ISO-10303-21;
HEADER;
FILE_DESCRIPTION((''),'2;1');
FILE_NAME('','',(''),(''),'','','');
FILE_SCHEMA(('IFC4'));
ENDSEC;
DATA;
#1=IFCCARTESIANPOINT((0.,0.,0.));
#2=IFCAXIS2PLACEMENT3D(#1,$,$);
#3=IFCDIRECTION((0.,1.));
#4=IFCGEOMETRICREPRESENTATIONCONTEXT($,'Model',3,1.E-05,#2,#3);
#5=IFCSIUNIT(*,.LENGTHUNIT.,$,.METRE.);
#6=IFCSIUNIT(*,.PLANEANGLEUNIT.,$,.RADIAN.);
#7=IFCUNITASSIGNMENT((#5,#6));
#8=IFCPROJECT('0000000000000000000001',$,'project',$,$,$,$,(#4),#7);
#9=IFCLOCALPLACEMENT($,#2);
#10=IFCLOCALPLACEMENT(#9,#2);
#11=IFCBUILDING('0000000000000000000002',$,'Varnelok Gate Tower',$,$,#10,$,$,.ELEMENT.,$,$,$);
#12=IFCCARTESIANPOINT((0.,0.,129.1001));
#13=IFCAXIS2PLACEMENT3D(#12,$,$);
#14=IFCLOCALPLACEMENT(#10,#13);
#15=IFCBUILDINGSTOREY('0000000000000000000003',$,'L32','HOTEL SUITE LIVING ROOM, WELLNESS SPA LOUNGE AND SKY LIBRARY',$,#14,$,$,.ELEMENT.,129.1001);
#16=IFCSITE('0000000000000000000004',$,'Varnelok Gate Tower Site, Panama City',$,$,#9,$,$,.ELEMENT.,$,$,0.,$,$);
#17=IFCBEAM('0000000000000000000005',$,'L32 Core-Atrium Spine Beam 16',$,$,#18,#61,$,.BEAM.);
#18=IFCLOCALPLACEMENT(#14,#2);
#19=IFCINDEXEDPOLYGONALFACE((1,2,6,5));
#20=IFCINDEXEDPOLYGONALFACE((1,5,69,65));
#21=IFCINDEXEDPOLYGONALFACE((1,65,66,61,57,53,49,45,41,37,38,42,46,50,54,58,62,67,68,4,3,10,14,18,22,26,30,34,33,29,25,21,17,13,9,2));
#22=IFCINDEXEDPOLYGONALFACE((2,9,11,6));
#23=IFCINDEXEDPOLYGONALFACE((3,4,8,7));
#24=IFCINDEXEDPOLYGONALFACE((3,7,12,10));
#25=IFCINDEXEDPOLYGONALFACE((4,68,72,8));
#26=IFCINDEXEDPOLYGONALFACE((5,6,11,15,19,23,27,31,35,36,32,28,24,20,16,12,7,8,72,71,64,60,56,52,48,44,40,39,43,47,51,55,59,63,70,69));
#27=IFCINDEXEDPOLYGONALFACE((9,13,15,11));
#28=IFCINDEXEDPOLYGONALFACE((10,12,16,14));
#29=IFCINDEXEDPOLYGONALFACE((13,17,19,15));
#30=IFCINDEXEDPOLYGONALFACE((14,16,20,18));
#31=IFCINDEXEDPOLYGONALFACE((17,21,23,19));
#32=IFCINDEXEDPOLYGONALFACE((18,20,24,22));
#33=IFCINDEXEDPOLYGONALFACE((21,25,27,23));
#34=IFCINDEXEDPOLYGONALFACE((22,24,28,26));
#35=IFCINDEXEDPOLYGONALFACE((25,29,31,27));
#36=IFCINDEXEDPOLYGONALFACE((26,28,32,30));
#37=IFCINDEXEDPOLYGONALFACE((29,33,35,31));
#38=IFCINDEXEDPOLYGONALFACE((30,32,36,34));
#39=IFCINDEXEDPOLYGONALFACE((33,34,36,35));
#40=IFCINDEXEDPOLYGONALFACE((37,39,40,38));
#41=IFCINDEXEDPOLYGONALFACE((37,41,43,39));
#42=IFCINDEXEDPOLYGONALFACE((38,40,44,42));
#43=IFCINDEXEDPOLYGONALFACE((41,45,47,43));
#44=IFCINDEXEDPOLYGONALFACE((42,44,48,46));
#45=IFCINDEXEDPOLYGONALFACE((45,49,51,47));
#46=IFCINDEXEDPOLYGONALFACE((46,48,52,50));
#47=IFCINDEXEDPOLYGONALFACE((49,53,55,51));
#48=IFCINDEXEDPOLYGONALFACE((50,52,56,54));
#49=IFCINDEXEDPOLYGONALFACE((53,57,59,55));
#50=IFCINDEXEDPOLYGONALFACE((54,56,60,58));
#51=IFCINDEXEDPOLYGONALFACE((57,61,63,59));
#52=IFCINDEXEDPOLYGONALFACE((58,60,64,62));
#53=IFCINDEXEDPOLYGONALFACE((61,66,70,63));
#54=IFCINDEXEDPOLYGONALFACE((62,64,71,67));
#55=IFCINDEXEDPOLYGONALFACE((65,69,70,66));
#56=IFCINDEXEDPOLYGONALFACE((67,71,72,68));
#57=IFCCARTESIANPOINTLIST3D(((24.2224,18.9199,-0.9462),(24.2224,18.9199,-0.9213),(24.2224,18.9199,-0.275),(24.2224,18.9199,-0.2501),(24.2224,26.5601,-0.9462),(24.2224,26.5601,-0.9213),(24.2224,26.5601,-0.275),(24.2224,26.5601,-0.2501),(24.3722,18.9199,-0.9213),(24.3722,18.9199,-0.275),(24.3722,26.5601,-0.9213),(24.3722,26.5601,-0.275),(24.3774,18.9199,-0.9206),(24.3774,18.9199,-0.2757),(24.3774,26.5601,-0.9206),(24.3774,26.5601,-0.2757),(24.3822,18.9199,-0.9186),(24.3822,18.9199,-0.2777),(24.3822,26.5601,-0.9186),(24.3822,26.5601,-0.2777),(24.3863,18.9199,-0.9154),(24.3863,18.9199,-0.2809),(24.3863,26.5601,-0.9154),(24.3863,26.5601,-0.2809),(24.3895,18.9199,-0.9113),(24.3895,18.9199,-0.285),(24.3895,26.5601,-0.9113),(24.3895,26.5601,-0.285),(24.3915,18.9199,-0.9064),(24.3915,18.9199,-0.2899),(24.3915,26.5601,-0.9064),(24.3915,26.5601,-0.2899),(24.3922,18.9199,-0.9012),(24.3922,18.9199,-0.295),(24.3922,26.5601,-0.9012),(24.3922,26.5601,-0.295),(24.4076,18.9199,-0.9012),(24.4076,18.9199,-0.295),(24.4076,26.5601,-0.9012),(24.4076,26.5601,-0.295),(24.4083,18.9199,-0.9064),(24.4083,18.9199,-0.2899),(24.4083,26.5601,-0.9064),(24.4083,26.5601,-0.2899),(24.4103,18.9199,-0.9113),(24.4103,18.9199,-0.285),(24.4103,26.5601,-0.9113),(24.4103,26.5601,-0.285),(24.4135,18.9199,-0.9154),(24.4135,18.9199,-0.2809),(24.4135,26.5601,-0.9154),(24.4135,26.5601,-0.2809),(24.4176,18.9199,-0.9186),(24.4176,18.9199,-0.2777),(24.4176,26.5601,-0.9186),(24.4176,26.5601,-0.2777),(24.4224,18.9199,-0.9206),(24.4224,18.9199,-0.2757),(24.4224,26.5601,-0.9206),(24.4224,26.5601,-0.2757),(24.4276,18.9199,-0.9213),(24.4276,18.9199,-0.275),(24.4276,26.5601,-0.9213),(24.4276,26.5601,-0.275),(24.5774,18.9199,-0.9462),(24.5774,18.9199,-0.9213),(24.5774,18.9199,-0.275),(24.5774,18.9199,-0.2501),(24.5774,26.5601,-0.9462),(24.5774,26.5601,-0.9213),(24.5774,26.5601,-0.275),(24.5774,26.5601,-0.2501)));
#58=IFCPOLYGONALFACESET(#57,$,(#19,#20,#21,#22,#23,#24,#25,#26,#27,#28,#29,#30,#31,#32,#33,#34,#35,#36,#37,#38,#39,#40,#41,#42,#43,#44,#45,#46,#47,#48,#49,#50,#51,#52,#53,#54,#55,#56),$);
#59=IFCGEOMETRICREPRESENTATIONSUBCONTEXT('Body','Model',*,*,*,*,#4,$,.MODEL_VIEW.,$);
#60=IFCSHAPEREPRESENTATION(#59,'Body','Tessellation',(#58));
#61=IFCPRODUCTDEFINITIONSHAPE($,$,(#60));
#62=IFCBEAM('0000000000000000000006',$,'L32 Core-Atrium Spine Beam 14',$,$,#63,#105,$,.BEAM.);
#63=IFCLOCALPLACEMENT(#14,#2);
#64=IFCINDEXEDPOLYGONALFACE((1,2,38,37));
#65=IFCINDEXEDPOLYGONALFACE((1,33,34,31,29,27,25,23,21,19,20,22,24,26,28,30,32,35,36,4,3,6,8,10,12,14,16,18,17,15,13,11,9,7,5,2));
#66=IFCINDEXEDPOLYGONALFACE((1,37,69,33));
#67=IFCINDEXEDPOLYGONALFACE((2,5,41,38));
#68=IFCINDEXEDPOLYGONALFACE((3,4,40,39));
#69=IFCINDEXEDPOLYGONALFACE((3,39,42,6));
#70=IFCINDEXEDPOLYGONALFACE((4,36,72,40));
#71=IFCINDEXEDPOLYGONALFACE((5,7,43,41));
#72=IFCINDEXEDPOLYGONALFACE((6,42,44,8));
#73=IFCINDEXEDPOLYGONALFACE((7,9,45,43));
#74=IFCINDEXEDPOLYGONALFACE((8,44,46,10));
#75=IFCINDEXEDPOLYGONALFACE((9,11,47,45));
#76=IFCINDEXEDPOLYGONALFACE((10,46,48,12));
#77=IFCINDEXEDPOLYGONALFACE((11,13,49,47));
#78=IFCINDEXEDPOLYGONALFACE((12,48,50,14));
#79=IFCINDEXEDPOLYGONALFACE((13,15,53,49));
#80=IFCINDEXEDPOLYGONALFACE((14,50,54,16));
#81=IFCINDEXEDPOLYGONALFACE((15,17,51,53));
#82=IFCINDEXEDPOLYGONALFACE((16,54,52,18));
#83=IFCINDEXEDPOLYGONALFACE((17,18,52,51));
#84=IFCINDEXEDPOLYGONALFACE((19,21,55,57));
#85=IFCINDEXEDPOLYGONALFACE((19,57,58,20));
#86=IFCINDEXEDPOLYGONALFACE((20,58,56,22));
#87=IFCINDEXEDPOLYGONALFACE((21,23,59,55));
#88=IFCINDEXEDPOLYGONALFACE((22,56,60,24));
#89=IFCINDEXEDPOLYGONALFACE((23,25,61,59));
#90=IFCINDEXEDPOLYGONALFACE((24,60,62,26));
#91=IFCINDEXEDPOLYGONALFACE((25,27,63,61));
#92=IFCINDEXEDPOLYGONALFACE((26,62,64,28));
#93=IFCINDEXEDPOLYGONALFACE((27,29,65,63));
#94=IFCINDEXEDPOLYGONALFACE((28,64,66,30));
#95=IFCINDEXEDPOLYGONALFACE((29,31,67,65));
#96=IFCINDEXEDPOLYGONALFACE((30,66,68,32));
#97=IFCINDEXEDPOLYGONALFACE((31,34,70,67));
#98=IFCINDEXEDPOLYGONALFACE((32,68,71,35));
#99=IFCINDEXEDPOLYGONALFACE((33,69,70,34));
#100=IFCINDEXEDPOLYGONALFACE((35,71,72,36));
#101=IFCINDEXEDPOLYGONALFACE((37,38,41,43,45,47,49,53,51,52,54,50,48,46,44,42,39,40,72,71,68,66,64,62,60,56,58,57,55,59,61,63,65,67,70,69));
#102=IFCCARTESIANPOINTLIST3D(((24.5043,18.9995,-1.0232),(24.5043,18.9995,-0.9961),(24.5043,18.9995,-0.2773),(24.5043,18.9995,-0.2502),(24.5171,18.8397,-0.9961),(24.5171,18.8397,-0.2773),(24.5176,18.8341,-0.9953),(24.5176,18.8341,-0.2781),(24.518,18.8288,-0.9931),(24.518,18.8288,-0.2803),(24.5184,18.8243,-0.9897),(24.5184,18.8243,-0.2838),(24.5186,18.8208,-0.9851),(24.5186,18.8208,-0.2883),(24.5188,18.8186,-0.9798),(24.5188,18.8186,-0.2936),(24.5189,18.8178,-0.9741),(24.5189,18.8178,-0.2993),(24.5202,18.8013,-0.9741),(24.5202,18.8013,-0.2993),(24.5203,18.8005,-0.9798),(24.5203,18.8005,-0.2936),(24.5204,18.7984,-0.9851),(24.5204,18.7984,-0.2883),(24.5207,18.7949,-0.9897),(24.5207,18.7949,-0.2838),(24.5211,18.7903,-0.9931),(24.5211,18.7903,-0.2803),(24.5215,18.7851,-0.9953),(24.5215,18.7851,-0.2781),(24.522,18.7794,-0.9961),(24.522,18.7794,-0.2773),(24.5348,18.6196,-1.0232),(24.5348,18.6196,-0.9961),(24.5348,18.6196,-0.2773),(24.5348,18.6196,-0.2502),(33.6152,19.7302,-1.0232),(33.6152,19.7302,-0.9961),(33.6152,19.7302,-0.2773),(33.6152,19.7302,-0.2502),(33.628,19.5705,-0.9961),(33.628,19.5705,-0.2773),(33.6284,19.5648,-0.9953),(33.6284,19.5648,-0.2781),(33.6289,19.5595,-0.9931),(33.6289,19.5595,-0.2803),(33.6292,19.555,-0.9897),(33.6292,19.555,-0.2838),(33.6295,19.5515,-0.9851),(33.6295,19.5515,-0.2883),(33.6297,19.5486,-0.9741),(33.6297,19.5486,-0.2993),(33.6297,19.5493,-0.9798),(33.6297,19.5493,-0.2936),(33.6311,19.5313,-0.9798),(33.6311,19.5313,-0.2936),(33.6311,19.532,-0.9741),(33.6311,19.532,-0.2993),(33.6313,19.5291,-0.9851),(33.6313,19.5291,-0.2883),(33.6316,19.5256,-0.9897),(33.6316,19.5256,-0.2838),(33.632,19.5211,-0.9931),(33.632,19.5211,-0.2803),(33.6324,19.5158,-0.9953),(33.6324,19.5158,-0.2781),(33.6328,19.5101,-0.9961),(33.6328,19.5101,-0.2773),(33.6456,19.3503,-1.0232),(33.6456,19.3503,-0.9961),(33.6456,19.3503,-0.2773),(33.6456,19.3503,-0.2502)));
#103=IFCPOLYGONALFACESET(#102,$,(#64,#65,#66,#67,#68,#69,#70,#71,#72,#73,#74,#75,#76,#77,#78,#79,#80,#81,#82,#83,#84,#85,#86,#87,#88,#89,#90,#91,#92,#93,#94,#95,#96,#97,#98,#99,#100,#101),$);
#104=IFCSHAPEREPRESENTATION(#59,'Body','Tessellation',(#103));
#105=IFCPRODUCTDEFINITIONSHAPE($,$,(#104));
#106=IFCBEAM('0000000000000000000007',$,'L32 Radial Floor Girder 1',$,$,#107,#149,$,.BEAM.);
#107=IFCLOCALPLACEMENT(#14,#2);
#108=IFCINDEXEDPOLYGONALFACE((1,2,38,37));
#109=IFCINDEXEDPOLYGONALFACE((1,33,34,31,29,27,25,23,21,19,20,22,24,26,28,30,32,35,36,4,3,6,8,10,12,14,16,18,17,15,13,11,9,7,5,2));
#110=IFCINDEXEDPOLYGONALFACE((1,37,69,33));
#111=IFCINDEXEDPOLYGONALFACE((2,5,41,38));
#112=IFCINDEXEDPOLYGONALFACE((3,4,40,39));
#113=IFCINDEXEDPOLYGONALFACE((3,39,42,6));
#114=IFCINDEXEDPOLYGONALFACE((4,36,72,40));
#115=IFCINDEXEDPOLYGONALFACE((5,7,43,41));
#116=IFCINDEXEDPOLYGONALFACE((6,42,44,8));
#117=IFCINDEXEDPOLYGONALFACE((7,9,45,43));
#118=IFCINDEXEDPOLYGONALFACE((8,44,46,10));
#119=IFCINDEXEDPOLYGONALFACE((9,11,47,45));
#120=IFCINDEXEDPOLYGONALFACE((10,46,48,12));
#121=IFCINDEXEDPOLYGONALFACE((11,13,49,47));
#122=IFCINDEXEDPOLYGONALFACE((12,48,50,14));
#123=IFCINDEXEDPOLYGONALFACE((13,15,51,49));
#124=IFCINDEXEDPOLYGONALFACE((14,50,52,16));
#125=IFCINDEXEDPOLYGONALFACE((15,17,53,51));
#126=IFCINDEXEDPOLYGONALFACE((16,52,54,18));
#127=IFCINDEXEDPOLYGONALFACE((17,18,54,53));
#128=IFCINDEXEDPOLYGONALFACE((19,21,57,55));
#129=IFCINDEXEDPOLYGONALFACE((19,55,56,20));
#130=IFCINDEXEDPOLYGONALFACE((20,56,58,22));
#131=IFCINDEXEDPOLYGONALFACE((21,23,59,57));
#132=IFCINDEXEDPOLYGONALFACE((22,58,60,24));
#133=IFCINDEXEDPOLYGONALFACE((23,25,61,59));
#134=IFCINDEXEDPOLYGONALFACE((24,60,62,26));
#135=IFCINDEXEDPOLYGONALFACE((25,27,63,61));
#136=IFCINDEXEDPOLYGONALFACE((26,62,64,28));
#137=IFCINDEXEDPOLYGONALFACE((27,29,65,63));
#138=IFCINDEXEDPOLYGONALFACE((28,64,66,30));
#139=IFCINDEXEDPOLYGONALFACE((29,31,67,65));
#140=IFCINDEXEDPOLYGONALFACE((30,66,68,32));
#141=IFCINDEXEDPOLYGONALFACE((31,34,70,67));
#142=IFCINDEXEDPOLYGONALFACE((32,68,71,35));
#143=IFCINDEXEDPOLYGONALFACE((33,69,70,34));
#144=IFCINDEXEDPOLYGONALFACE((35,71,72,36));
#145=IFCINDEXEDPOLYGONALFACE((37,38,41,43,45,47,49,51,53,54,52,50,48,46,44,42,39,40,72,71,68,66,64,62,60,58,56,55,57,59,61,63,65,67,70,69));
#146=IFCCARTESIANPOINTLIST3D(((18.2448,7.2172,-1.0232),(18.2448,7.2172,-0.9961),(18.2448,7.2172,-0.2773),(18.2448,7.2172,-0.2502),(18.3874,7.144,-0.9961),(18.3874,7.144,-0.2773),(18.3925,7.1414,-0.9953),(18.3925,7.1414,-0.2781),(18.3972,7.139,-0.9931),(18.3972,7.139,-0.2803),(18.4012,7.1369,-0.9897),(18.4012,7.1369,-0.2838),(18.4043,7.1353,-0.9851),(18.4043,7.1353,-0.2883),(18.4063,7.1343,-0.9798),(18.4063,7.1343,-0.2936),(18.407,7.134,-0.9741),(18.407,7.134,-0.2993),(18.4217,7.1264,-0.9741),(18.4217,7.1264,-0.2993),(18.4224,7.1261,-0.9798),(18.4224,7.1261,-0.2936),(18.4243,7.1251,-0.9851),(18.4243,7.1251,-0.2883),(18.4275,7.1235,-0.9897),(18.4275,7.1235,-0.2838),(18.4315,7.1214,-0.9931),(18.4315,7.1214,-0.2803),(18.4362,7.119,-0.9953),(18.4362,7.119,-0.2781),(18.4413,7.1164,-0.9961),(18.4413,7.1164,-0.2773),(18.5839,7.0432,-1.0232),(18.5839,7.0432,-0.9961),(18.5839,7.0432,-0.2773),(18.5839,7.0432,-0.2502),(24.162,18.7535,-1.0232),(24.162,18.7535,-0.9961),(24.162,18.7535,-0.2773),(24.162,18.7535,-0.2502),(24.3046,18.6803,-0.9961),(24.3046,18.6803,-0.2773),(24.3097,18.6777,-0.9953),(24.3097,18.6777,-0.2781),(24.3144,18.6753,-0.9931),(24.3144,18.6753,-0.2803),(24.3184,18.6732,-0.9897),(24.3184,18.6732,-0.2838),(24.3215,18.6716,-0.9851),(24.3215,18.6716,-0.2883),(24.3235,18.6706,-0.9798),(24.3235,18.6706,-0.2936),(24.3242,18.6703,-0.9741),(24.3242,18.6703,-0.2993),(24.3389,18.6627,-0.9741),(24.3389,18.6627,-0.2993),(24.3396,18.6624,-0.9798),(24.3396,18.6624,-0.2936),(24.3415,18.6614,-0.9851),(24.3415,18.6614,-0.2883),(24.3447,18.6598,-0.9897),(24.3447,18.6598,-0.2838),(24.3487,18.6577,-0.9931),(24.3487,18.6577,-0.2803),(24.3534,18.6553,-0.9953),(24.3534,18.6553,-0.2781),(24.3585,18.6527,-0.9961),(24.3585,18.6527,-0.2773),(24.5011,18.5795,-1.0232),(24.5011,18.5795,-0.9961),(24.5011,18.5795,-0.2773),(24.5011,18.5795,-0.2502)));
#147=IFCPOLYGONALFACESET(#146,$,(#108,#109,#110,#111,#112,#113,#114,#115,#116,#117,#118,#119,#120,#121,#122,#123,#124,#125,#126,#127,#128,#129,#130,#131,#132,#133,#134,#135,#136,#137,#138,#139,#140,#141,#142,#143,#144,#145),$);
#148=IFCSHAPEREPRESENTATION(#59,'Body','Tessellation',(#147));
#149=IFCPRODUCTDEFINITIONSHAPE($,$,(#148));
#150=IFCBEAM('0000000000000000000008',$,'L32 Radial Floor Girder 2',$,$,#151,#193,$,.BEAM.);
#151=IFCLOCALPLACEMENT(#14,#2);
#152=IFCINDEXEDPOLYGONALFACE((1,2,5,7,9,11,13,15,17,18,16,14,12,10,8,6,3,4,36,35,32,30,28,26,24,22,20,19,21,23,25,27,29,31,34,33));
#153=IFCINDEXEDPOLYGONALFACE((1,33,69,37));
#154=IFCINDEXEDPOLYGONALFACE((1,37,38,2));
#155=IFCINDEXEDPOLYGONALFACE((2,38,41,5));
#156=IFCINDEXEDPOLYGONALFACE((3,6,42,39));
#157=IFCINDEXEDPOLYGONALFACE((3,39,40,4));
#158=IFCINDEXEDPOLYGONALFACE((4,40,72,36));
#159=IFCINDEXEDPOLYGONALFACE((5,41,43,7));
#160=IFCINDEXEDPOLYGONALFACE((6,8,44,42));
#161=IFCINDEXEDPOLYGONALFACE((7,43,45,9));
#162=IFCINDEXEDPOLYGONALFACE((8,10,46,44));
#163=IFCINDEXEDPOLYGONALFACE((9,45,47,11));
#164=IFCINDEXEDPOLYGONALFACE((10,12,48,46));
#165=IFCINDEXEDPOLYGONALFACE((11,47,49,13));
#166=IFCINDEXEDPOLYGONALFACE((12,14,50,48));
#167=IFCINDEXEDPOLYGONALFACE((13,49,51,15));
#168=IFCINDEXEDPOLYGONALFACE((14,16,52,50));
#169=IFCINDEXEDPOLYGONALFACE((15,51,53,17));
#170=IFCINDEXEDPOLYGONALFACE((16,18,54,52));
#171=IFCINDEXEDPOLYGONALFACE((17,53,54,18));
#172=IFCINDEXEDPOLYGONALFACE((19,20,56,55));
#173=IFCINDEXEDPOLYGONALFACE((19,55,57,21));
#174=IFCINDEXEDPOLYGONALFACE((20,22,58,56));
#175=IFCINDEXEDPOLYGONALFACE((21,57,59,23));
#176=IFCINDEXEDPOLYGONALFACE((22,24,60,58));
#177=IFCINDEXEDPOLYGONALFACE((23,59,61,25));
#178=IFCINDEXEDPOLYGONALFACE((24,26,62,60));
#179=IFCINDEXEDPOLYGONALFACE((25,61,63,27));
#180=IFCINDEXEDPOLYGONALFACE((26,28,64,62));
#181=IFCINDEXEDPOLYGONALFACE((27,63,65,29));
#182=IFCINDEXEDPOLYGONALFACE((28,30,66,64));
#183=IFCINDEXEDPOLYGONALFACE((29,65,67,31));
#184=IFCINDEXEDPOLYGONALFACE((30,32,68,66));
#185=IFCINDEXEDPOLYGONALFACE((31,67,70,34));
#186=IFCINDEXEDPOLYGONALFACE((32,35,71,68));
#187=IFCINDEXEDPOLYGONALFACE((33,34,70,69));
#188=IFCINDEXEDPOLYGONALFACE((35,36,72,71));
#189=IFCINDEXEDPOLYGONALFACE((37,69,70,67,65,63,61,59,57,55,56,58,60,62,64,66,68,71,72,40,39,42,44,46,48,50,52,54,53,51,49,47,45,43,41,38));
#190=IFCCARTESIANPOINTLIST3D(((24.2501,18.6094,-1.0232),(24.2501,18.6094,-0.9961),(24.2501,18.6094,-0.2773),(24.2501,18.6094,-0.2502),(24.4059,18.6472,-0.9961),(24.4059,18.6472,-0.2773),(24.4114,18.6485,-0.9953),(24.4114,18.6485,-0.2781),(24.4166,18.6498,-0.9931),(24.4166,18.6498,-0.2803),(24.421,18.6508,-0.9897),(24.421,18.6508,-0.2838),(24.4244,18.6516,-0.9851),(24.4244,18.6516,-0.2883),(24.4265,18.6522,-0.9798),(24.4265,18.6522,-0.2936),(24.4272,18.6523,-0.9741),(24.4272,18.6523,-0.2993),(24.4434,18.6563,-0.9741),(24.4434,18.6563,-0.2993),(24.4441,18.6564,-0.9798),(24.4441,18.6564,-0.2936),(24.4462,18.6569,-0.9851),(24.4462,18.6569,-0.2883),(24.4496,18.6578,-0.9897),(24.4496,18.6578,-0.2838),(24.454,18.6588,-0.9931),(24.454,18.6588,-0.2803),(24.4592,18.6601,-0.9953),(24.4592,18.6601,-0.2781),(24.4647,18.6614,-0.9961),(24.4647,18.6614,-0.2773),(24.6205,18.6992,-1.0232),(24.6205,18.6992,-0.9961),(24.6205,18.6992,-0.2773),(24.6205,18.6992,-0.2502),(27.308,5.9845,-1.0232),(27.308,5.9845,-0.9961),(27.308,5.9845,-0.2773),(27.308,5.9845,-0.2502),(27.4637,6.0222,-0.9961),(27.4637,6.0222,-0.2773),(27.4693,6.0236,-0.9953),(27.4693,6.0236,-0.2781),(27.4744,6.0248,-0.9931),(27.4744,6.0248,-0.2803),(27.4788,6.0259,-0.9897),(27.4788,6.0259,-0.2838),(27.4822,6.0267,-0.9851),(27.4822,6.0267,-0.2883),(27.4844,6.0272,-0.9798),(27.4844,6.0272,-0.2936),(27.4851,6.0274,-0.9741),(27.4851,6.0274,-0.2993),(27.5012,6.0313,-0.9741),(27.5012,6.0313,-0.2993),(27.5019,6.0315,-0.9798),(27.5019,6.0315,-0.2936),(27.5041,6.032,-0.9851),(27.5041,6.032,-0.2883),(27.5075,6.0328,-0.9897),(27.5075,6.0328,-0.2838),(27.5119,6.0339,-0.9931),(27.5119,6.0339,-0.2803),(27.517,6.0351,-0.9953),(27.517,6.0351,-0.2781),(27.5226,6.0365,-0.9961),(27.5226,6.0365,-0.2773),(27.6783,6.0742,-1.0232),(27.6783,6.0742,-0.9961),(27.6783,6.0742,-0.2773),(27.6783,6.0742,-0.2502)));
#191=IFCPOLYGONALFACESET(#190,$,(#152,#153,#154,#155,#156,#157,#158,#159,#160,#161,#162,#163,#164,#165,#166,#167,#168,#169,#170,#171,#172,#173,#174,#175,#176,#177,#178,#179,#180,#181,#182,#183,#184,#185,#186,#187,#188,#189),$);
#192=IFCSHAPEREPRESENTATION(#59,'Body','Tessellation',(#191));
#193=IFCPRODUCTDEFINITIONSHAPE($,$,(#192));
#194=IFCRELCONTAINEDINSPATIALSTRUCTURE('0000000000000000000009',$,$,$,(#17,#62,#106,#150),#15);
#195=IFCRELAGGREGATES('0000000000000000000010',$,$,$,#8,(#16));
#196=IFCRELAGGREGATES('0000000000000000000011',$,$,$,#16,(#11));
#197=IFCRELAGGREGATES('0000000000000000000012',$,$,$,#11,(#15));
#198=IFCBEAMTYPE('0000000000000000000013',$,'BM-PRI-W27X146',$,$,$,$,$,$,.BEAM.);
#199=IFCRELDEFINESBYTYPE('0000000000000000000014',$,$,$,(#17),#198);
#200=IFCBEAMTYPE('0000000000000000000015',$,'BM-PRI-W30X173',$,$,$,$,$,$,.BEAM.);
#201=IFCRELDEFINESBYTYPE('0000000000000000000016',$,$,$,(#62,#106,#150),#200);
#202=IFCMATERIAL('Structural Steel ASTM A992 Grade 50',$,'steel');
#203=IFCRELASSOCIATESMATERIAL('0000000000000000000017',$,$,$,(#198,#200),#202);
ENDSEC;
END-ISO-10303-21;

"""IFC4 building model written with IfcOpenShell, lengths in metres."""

from ifc_helpers import new_model, si_unit, direction, frame, origin, origin_2d, place, context, subcontext, project, spatial, i_section, extrude, material, material_profile, profile_set, type_object, element, save


model = new_model("IFC4")

# Units and contexts
model_context = context("Model", 3, precision=1e-05, world=origin(), true_north=direction((0.0, 1.0)))
body_context = subcontext(model_context, "Body", "Model", "MODEL_VIEW")
ifc_project = project(units=[si_unit("LENGTHUNIT", "METRE"), si_unit("PLANEANGLEUNIT", "RADIAN")], contexts=[model_context])

# Site, building, storey
site_placement = place(None, origin())
site = spatial("IfcSite", under=ifc_project, at=site_placement, Name="Varnelok Gate Tower Site, Panama City", CompositionType="ELEMENT", RefElevation=0.0)
building_placement = place(site_placement, origin())
building = spatial("IfcBuilding", under=site, at=building_placement, Name="Varnelok Gate Tower", CompositionType="ELEMENT")
storey_placement = place(building_placement, frame((0.0, 0.0, 129.1001)))
storey = spatial("IfcBuildingStorey", under=building, at=storey_placement, Name="L32", Description="HOTEL SUITE LIVING ROOM, WELLNESS SPA LOUNGE AND SKY LIBRARY", CompositionType="ELEMENT", Elevation=129.1001)

# Shared definitions
ifc_material_1 = material(Name="Structural Steel ASTM A992 Grade 50", Category="steel")

# Beams
ifc_material_profile_1 = material_profile(ifc_material_1, i_section(OverallWidth=0.355, OverallDepth=0.696, WebThickness=0.0154, FlangeThickness=0.0249, FilletRadius=0.02, at=origin_2d()), Name="W27X146")
ifc_profile_set_1 = profile_set([ifc_material_profile_1], Name="Structural Steel ASTM A992 Grade 50")
beam_type_1 = type_object("IfcBeamType", Name="BM-PRI-W27X146", PredefinedType="BEAM", material=ifc_profile_set_1)
beam_1_placement = place(storey_placement, frame((24.3999, 18.9199, -0.5981), z_axis=(0.0, 1.0, 0.0), x_axis=(-1.0, 0.0, 0.0)))
element("IfcBeam", 1, at=beam_1_placement, inside=storey, type_object=beam_type_1, Name="L32 Core-Atrium Spine Beam 16", PredefinedType="BEAM", context=body_context, shape_type="SweptSolid", body=[
    extrude(i_section(OverallWidth=0.355, OverallDepth=0.696, WebThickness=0.0154, FlangeThickness=0.0249, FilletRadius=0.02, at=origin_2d()), origin(), (0.0, 0.0, 1.0), 7.6401),
])
ifc_material_profile_2 = material_profile(ifc_material_1, i_section(OverallWidth=0.3811, OverallDepth=0.7729, WebThickness=0.0166, FlangeThickness=0.0271, FilletRadius=0.022, at=origin_2d()), Name="W30X173")
ifc_profile_set_2 = profile_set([ifc_material_profile_2], Name="Structural Steel ASTM A992 Grade 50")
beam_type_2 = type_object("IfcBeamType", Name="BM-PRI-W30X173", PredefinedType="BEAM", material=ifc_profile_set_2)
beam_2_placement = place(storey_placement, frame((24.5195, 18.8096, -0.6367), z_axis=(0.996799, 0.079946, 0.0), x_axis=(-0.079946, 0.996799, 0.0)))
element("IfcBeam", 2, at=beam_2_placement, inside=storey, type_object=beam_type_2, Name="L32 Core-Atrium Spine Beam 14", PredefinedType="BEAM", context=body_context, shape_type="SweptSolid", body=[
    extrude(i_section(OverallWidth=0.3811, OverallDepth=0.7729, WebThickness=0.0166, FlangeThickness=0.0271, FilletRadius=0.022, at=origin_2d()), origin(), (0.0, 0.0, 1.0), 9.1401),
])
beam_3_placement = place(storey_placement, frame((24.3315, 18.6665, -0.6367), z_axis=(-0.456387, -0.889782, 0.0), x_axis=(0.889782, -0.456387, 0.0)))
element("IfcBeam", 3, at=beam_3_placement, inside=storey, type_object=beam_type_2, Name="L32 Radial Floor Girder 1", PredefinedType="BEAM", context=body_context, shape_type="SweptSolid", body=[
    extrude(i_section(OverallWidth=0.3811, OverallDepth=0.7729, WebThickness=0.0166, FlangeThickness=0.0271, FilletRadius=0.022, at=origin_2d()), origin(), (0.0, 0.0, 1.0), 12.9653),
])
beam_4_placement = place(storey_placement, frame((24.4353, 18.6543, -0.6367), z_axis=(0.2354, -0.971898, 0.0), x_axis=(0.971898, 0.2354, 0.0)))
element("IfcBeam", 4, at=beam_4_placement, inside=storey, type_object=beam_type_2, Name="L32 Radial Floor Girder 2", PredefinedType="BEAM", context=body_context, shape_type="SweptSolid", body=[
    extrude(i_section(OverallWidth=0.3811, OverallDepth=0.7729, WebThickness=0.0166, FlangeThickness=0.0271, FilletRadius=0.022, at=origin_2d()), origin(), (0.0, 0.0, 1.0), 12.99),
])

save(model, "model.ifc")
